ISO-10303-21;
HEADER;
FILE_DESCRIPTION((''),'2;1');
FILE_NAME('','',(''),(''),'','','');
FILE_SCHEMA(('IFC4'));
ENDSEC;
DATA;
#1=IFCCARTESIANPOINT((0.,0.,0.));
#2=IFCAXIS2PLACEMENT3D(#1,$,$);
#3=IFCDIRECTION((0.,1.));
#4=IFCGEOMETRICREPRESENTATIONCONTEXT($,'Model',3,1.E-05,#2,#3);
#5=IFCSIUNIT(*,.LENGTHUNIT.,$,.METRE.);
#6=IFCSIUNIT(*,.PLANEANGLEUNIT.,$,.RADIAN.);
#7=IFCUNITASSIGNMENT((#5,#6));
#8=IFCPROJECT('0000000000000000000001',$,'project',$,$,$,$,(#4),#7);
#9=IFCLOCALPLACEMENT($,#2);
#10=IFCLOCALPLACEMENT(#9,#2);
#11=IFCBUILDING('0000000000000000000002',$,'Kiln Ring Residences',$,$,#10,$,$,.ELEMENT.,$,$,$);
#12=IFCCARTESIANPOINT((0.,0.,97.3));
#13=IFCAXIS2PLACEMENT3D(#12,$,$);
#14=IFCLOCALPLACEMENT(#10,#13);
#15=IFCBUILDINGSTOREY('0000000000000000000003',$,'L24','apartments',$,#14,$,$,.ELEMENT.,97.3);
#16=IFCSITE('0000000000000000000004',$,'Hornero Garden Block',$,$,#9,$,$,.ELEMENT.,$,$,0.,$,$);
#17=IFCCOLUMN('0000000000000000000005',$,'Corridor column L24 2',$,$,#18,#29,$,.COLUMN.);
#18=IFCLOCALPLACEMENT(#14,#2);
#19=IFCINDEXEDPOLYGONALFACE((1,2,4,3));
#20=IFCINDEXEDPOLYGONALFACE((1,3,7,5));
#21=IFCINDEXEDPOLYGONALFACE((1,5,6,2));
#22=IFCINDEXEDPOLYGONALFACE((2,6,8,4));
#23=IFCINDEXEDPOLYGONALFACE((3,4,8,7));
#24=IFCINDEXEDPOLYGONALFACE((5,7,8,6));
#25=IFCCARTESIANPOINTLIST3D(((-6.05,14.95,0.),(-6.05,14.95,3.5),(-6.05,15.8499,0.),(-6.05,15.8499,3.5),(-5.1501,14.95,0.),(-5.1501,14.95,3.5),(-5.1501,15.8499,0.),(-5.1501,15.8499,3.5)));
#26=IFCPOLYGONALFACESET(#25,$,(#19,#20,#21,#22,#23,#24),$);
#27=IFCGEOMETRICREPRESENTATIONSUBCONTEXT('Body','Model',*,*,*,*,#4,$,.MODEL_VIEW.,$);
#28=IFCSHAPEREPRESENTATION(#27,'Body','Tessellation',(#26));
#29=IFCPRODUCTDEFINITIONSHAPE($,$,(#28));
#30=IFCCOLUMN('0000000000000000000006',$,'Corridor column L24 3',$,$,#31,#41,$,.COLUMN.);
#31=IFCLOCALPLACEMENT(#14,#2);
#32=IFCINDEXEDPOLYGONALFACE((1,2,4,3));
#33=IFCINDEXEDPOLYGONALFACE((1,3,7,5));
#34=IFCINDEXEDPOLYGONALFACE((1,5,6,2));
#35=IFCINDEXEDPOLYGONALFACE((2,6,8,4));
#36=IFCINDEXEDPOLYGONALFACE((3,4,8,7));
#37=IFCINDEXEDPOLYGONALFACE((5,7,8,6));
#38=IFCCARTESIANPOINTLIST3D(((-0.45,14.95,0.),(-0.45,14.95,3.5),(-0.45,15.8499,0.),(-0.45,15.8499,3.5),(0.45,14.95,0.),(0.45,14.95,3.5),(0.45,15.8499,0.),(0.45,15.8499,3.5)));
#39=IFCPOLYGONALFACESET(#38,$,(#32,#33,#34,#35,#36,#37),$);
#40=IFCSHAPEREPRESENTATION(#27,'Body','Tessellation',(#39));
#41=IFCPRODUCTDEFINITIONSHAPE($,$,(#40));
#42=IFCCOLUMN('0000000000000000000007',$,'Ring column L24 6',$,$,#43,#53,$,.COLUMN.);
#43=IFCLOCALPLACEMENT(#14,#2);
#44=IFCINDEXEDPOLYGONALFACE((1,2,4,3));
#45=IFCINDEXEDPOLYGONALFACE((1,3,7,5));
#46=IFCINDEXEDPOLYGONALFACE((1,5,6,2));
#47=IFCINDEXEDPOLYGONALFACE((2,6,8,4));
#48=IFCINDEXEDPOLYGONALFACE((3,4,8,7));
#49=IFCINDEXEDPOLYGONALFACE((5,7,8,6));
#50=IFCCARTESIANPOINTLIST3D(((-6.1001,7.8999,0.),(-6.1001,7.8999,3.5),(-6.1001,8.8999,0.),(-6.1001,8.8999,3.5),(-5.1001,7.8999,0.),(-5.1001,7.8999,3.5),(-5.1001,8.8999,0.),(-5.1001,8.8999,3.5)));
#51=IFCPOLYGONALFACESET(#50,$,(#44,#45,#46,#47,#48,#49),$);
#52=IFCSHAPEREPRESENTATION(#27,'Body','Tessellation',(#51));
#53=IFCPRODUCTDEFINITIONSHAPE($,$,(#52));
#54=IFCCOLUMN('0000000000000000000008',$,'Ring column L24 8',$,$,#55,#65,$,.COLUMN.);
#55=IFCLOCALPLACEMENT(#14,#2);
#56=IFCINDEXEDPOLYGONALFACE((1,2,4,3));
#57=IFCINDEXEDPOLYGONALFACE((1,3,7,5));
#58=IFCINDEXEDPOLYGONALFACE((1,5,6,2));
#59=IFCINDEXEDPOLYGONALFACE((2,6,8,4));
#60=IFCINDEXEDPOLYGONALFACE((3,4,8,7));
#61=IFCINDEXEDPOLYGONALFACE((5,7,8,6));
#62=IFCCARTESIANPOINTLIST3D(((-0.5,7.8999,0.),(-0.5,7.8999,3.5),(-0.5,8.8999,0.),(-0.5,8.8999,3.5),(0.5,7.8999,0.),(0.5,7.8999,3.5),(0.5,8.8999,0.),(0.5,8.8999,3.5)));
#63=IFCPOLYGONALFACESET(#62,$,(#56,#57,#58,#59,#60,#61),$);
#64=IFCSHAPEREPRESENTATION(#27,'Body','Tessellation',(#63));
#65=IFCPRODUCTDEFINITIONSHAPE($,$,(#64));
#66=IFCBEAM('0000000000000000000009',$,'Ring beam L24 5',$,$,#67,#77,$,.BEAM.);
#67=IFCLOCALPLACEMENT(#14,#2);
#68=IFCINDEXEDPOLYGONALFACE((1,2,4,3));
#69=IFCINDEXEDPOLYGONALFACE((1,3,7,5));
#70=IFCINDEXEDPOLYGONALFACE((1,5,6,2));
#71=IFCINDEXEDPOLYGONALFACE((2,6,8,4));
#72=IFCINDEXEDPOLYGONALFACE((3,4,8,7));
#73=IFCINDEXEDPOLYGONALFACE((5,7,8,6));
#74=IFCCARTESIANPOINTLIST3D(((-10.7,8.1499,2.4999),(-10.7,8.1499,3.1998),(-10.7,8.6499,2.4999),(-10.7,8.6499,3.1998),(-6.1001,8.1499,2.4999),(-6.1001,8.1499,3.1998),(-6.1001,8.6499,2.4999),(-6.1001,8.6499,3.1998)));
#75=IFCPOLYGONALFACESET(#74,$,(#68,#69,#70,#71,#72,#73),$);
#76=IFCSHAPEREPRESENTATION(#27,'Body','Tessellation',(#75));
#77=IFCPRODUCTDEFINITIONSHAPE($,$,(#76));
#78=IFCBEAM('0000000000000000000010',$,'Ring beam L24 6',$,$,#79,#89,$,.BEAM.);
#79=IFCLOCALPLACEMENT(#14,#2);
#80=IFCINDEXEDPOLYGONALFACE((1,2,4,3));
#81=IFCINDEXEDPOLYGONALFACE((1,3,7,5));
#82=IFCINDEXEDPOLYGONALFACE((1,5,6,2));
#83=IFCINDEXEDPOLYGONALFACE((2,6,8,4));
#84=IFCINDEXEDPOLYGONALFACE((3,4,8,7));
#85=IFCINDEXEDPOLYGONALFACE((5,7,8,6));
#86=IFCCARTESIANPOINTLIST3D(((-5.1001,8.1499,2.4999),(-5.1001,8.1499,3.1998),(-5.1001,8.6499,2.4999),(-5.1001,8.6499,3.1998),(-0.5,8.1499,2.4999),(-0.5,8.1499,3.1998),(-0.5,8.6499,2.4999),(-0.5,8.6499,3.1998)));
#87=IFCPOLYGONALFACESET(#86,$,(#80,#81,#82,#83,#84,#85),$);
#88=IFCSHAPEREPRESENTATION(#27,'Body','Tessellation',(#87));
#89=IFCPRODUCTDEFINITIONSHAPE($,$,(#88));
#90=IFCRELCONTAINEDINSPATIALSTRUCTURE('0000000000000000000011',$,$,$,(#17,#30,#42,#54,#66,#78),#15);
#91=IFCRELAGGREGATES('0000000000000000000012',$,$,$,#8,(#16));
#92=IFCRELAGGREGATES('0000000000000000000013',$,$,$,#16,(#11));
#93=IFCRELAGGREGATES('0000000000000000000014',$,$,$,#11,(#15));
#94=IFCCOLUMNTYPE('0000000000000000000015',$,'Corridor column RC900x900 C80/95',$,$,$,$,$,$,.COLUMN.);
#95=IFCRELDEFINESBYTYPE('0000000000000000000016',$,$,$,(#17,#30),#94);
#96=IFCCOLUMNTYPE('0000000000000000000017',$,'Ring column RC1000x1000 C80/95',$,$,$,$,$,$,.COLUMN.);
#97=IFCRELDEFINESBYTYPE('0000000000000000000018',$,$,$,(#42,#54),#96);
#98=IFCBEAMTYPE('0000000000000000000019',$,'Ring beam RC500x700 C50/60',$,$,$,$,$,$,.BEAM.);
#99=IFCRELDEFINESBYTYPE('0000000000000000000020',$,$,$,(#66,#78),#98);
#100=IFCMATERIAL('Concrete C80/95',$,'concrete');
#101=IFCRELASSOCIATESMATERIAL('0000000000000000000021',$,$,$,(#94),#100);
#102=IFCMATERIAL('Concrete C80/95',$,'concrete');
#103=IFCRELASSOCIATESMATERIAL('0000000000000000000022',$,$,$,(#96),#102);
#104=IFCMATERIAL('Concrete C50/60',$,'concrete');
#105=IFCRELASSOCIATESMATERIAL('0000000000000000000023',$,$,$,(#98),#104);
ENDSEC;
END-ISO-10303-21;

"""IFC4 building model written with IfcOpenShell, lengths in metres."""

from ifc_helpers import new_model, si_unit, direction, frame, origin, origin_2d, place, context, subcontext, project, spatial, rectangle, extrude, material, material_profile, profile_set, type_object, element, save


model = new_model("IFC4")

# Units and contexts
model_context = context("Model", 3, precision=1e-05, world=origin(), true_north=direction((0.0, 1.0)))
body_context = subcontext(model_context, "Body", "Model", "MODEL_VIEW")
ifc_project = project(units=[si_unit("LENGTHUNIT", "METRE"), si_unit("PLANEANGLEUNIT", "RADIAN")], contexts=[model_context])

# Site, building, storey
site_placement = place(None, origin())
site = spatial("IfcSite", under=ifc_project, at=site_placement, Name="Hornero Garden Block", CompositionType="ELEMENT", RefElevation=0.0)
building_placement = place(site_placement, origin())
building = spatial("IfcBuilding", under=site, at=building_placement, Name="Kiln Ring Residences", CompositionType="ELEMENT")
storey_placement = place(building_placement, frame((0.0, 0.0, 97.3)))
storey = spatial("IfcBuildingStorey", under=building, at=storey_placement, Name="L24", Description="apartments", CompositionType="ELEMENT", Elevation=97.3)

# Columns
ifc_material_1 = material(Name="Concrete C80/95", Category="concrete")
ifc_material_profile_1 = material_profile(ifc_material_1, rectangle(XDim=0.8999, YDim=0.8999, at=origin_2d()), Name="RC900x900")
ifc_profile_set_1 = profile_set([ifc_material_profile_1], Name="Concrete C80/95")
column_type_1 = type_object("IfcColumnType", Name="Corridor column RC900x900 C80/95", PredefinedType="COLUMN", material=ifc_profile_set_1)
for number, where, z_axis, x_axis, name in (
    (1, (-5.6001, 15.3999, 0.0), (0.0, 0.0, 1.0), (1.0, 0.0, 0.0), "Corridor column L24 2"),
    (2, (0.0, 15.3999, 0.0), (0.0, 0.0, 1.0), (1.0, 0.0, 0.0), "Corridor column L24 3"),
):
    element("IfcColumn", number, at=place(storey_placement, frame(where, z_axis=z_axis, x_axis=x_axis)), inside=storey, type_object=column_type_1, Name=name, PredefinedType="COLUMN", context=body_context, shape_type="SweptSolid", body=[
        extrude(rectangle(XDim=0.8999, YDim=0.8999, at=origin_2d()), origin(), (0.0, 0.0, 1.0), 3.5),
    ])
ifc_material_2 = material(Name="Concrete C80/95", Category="concrete")
ifc_material_profile_2 = material_profile(ifc_material_2, rectangle(XDim=1.0, YDim=1.0, at=origin_2d()), Name="RC1000x1000")
ifc_profile_set_2 = profile_set([ifc_material_profile_2], Name="Concrete C80/95")
column_type_2 = type_object("IfcColumnType", Name="Ring column RC1000x1000 C80/95", PredefinedType="COLUMN", material=ifc_profile_set_2)
for number, where, z_axis, x_axis, name in (
    (3, (-5.6001, 8.3999, 0.0), (0.0, 0.0, 1.0), (1.0, 0.0, 0.0), "Ring column L24 6"),
    (4, (0.0, 8.3999, 0.0), (0.0, 0.0, 1.0), (1.0, 0.0, 0.0), "Ring column L24 8"),
):
    element("IfcColumn", number, at=place(storey_placement, frame(where, z_axis=z_axis, x_axis=x_axis)), inside=storey, type_object=column_type_2, Name=name, PredefinedType="COLUMN", context=body_context, shape_type="SweptSolid", body=[
        extrude(rectangle(XDim=1.0, YDim=1.0, at=origin_2d()), origin(), (0.0, 0.0, 1.0), 3.5),
    ])

# Beams
ifc_material_3 = material(Name="Concrete C50/60", Category="concrete")
ifc_material_profile_3 = material_profile(ifc_material_3, rectangle(XDim=0.5, YDim=0.7, at=origin_2d()), Name="RC500x700")
ifc_profile_set_3 = profile_set([ifc_material_profile_3], Name="Concrete C50/60")
beam_type = type_object("IfcBeamType", Name="Ring beam RC500x700 C50/60", PredefinedType="BEAM", material=ifc_profile_set_3)
beam_1_placement = place(storey_placement, frame((-10.7, 8.3999, 2.8499), z_axis=(1.0, 0.0, 0.0), x_axis=(0.0, 1.0, 0.0)))
element("IfcBeam", 5, at=beam_1_placement, inside=storey, type_object=beam_type, Name="Ring beam L24 5", PredefinedType="BEAM", context=body_context, shape_type="SweptSolid", body=[
    extrude(rectangle(XDim=0.5, YDim=0.7, at=origin_2d()), origin(), (0.0, 0.0, 1.0), 4.5999),
])
beam_2_placement = place(storey_placement, frame((-5.1001, 8.3999, 2.8499), z_axis=(1.0, 0.0, 0.0), x_axis=(0.0, 1.0, 0.0)))
element("IfcBeam", 6, at=beam_2_placement, inside=storey, type_object=beam_type, Name="Ring beam L24 6", PredefinedType="BEAM", context=body_context, shape_type="SweptSolid", body=[
    extrude(rectangle(XDim=0.5, YDim=0.7, at=origin_2d()), origin(), (0.0, 0.0, 1.0), 4.6001),
])

save(model, "model.ifc")
